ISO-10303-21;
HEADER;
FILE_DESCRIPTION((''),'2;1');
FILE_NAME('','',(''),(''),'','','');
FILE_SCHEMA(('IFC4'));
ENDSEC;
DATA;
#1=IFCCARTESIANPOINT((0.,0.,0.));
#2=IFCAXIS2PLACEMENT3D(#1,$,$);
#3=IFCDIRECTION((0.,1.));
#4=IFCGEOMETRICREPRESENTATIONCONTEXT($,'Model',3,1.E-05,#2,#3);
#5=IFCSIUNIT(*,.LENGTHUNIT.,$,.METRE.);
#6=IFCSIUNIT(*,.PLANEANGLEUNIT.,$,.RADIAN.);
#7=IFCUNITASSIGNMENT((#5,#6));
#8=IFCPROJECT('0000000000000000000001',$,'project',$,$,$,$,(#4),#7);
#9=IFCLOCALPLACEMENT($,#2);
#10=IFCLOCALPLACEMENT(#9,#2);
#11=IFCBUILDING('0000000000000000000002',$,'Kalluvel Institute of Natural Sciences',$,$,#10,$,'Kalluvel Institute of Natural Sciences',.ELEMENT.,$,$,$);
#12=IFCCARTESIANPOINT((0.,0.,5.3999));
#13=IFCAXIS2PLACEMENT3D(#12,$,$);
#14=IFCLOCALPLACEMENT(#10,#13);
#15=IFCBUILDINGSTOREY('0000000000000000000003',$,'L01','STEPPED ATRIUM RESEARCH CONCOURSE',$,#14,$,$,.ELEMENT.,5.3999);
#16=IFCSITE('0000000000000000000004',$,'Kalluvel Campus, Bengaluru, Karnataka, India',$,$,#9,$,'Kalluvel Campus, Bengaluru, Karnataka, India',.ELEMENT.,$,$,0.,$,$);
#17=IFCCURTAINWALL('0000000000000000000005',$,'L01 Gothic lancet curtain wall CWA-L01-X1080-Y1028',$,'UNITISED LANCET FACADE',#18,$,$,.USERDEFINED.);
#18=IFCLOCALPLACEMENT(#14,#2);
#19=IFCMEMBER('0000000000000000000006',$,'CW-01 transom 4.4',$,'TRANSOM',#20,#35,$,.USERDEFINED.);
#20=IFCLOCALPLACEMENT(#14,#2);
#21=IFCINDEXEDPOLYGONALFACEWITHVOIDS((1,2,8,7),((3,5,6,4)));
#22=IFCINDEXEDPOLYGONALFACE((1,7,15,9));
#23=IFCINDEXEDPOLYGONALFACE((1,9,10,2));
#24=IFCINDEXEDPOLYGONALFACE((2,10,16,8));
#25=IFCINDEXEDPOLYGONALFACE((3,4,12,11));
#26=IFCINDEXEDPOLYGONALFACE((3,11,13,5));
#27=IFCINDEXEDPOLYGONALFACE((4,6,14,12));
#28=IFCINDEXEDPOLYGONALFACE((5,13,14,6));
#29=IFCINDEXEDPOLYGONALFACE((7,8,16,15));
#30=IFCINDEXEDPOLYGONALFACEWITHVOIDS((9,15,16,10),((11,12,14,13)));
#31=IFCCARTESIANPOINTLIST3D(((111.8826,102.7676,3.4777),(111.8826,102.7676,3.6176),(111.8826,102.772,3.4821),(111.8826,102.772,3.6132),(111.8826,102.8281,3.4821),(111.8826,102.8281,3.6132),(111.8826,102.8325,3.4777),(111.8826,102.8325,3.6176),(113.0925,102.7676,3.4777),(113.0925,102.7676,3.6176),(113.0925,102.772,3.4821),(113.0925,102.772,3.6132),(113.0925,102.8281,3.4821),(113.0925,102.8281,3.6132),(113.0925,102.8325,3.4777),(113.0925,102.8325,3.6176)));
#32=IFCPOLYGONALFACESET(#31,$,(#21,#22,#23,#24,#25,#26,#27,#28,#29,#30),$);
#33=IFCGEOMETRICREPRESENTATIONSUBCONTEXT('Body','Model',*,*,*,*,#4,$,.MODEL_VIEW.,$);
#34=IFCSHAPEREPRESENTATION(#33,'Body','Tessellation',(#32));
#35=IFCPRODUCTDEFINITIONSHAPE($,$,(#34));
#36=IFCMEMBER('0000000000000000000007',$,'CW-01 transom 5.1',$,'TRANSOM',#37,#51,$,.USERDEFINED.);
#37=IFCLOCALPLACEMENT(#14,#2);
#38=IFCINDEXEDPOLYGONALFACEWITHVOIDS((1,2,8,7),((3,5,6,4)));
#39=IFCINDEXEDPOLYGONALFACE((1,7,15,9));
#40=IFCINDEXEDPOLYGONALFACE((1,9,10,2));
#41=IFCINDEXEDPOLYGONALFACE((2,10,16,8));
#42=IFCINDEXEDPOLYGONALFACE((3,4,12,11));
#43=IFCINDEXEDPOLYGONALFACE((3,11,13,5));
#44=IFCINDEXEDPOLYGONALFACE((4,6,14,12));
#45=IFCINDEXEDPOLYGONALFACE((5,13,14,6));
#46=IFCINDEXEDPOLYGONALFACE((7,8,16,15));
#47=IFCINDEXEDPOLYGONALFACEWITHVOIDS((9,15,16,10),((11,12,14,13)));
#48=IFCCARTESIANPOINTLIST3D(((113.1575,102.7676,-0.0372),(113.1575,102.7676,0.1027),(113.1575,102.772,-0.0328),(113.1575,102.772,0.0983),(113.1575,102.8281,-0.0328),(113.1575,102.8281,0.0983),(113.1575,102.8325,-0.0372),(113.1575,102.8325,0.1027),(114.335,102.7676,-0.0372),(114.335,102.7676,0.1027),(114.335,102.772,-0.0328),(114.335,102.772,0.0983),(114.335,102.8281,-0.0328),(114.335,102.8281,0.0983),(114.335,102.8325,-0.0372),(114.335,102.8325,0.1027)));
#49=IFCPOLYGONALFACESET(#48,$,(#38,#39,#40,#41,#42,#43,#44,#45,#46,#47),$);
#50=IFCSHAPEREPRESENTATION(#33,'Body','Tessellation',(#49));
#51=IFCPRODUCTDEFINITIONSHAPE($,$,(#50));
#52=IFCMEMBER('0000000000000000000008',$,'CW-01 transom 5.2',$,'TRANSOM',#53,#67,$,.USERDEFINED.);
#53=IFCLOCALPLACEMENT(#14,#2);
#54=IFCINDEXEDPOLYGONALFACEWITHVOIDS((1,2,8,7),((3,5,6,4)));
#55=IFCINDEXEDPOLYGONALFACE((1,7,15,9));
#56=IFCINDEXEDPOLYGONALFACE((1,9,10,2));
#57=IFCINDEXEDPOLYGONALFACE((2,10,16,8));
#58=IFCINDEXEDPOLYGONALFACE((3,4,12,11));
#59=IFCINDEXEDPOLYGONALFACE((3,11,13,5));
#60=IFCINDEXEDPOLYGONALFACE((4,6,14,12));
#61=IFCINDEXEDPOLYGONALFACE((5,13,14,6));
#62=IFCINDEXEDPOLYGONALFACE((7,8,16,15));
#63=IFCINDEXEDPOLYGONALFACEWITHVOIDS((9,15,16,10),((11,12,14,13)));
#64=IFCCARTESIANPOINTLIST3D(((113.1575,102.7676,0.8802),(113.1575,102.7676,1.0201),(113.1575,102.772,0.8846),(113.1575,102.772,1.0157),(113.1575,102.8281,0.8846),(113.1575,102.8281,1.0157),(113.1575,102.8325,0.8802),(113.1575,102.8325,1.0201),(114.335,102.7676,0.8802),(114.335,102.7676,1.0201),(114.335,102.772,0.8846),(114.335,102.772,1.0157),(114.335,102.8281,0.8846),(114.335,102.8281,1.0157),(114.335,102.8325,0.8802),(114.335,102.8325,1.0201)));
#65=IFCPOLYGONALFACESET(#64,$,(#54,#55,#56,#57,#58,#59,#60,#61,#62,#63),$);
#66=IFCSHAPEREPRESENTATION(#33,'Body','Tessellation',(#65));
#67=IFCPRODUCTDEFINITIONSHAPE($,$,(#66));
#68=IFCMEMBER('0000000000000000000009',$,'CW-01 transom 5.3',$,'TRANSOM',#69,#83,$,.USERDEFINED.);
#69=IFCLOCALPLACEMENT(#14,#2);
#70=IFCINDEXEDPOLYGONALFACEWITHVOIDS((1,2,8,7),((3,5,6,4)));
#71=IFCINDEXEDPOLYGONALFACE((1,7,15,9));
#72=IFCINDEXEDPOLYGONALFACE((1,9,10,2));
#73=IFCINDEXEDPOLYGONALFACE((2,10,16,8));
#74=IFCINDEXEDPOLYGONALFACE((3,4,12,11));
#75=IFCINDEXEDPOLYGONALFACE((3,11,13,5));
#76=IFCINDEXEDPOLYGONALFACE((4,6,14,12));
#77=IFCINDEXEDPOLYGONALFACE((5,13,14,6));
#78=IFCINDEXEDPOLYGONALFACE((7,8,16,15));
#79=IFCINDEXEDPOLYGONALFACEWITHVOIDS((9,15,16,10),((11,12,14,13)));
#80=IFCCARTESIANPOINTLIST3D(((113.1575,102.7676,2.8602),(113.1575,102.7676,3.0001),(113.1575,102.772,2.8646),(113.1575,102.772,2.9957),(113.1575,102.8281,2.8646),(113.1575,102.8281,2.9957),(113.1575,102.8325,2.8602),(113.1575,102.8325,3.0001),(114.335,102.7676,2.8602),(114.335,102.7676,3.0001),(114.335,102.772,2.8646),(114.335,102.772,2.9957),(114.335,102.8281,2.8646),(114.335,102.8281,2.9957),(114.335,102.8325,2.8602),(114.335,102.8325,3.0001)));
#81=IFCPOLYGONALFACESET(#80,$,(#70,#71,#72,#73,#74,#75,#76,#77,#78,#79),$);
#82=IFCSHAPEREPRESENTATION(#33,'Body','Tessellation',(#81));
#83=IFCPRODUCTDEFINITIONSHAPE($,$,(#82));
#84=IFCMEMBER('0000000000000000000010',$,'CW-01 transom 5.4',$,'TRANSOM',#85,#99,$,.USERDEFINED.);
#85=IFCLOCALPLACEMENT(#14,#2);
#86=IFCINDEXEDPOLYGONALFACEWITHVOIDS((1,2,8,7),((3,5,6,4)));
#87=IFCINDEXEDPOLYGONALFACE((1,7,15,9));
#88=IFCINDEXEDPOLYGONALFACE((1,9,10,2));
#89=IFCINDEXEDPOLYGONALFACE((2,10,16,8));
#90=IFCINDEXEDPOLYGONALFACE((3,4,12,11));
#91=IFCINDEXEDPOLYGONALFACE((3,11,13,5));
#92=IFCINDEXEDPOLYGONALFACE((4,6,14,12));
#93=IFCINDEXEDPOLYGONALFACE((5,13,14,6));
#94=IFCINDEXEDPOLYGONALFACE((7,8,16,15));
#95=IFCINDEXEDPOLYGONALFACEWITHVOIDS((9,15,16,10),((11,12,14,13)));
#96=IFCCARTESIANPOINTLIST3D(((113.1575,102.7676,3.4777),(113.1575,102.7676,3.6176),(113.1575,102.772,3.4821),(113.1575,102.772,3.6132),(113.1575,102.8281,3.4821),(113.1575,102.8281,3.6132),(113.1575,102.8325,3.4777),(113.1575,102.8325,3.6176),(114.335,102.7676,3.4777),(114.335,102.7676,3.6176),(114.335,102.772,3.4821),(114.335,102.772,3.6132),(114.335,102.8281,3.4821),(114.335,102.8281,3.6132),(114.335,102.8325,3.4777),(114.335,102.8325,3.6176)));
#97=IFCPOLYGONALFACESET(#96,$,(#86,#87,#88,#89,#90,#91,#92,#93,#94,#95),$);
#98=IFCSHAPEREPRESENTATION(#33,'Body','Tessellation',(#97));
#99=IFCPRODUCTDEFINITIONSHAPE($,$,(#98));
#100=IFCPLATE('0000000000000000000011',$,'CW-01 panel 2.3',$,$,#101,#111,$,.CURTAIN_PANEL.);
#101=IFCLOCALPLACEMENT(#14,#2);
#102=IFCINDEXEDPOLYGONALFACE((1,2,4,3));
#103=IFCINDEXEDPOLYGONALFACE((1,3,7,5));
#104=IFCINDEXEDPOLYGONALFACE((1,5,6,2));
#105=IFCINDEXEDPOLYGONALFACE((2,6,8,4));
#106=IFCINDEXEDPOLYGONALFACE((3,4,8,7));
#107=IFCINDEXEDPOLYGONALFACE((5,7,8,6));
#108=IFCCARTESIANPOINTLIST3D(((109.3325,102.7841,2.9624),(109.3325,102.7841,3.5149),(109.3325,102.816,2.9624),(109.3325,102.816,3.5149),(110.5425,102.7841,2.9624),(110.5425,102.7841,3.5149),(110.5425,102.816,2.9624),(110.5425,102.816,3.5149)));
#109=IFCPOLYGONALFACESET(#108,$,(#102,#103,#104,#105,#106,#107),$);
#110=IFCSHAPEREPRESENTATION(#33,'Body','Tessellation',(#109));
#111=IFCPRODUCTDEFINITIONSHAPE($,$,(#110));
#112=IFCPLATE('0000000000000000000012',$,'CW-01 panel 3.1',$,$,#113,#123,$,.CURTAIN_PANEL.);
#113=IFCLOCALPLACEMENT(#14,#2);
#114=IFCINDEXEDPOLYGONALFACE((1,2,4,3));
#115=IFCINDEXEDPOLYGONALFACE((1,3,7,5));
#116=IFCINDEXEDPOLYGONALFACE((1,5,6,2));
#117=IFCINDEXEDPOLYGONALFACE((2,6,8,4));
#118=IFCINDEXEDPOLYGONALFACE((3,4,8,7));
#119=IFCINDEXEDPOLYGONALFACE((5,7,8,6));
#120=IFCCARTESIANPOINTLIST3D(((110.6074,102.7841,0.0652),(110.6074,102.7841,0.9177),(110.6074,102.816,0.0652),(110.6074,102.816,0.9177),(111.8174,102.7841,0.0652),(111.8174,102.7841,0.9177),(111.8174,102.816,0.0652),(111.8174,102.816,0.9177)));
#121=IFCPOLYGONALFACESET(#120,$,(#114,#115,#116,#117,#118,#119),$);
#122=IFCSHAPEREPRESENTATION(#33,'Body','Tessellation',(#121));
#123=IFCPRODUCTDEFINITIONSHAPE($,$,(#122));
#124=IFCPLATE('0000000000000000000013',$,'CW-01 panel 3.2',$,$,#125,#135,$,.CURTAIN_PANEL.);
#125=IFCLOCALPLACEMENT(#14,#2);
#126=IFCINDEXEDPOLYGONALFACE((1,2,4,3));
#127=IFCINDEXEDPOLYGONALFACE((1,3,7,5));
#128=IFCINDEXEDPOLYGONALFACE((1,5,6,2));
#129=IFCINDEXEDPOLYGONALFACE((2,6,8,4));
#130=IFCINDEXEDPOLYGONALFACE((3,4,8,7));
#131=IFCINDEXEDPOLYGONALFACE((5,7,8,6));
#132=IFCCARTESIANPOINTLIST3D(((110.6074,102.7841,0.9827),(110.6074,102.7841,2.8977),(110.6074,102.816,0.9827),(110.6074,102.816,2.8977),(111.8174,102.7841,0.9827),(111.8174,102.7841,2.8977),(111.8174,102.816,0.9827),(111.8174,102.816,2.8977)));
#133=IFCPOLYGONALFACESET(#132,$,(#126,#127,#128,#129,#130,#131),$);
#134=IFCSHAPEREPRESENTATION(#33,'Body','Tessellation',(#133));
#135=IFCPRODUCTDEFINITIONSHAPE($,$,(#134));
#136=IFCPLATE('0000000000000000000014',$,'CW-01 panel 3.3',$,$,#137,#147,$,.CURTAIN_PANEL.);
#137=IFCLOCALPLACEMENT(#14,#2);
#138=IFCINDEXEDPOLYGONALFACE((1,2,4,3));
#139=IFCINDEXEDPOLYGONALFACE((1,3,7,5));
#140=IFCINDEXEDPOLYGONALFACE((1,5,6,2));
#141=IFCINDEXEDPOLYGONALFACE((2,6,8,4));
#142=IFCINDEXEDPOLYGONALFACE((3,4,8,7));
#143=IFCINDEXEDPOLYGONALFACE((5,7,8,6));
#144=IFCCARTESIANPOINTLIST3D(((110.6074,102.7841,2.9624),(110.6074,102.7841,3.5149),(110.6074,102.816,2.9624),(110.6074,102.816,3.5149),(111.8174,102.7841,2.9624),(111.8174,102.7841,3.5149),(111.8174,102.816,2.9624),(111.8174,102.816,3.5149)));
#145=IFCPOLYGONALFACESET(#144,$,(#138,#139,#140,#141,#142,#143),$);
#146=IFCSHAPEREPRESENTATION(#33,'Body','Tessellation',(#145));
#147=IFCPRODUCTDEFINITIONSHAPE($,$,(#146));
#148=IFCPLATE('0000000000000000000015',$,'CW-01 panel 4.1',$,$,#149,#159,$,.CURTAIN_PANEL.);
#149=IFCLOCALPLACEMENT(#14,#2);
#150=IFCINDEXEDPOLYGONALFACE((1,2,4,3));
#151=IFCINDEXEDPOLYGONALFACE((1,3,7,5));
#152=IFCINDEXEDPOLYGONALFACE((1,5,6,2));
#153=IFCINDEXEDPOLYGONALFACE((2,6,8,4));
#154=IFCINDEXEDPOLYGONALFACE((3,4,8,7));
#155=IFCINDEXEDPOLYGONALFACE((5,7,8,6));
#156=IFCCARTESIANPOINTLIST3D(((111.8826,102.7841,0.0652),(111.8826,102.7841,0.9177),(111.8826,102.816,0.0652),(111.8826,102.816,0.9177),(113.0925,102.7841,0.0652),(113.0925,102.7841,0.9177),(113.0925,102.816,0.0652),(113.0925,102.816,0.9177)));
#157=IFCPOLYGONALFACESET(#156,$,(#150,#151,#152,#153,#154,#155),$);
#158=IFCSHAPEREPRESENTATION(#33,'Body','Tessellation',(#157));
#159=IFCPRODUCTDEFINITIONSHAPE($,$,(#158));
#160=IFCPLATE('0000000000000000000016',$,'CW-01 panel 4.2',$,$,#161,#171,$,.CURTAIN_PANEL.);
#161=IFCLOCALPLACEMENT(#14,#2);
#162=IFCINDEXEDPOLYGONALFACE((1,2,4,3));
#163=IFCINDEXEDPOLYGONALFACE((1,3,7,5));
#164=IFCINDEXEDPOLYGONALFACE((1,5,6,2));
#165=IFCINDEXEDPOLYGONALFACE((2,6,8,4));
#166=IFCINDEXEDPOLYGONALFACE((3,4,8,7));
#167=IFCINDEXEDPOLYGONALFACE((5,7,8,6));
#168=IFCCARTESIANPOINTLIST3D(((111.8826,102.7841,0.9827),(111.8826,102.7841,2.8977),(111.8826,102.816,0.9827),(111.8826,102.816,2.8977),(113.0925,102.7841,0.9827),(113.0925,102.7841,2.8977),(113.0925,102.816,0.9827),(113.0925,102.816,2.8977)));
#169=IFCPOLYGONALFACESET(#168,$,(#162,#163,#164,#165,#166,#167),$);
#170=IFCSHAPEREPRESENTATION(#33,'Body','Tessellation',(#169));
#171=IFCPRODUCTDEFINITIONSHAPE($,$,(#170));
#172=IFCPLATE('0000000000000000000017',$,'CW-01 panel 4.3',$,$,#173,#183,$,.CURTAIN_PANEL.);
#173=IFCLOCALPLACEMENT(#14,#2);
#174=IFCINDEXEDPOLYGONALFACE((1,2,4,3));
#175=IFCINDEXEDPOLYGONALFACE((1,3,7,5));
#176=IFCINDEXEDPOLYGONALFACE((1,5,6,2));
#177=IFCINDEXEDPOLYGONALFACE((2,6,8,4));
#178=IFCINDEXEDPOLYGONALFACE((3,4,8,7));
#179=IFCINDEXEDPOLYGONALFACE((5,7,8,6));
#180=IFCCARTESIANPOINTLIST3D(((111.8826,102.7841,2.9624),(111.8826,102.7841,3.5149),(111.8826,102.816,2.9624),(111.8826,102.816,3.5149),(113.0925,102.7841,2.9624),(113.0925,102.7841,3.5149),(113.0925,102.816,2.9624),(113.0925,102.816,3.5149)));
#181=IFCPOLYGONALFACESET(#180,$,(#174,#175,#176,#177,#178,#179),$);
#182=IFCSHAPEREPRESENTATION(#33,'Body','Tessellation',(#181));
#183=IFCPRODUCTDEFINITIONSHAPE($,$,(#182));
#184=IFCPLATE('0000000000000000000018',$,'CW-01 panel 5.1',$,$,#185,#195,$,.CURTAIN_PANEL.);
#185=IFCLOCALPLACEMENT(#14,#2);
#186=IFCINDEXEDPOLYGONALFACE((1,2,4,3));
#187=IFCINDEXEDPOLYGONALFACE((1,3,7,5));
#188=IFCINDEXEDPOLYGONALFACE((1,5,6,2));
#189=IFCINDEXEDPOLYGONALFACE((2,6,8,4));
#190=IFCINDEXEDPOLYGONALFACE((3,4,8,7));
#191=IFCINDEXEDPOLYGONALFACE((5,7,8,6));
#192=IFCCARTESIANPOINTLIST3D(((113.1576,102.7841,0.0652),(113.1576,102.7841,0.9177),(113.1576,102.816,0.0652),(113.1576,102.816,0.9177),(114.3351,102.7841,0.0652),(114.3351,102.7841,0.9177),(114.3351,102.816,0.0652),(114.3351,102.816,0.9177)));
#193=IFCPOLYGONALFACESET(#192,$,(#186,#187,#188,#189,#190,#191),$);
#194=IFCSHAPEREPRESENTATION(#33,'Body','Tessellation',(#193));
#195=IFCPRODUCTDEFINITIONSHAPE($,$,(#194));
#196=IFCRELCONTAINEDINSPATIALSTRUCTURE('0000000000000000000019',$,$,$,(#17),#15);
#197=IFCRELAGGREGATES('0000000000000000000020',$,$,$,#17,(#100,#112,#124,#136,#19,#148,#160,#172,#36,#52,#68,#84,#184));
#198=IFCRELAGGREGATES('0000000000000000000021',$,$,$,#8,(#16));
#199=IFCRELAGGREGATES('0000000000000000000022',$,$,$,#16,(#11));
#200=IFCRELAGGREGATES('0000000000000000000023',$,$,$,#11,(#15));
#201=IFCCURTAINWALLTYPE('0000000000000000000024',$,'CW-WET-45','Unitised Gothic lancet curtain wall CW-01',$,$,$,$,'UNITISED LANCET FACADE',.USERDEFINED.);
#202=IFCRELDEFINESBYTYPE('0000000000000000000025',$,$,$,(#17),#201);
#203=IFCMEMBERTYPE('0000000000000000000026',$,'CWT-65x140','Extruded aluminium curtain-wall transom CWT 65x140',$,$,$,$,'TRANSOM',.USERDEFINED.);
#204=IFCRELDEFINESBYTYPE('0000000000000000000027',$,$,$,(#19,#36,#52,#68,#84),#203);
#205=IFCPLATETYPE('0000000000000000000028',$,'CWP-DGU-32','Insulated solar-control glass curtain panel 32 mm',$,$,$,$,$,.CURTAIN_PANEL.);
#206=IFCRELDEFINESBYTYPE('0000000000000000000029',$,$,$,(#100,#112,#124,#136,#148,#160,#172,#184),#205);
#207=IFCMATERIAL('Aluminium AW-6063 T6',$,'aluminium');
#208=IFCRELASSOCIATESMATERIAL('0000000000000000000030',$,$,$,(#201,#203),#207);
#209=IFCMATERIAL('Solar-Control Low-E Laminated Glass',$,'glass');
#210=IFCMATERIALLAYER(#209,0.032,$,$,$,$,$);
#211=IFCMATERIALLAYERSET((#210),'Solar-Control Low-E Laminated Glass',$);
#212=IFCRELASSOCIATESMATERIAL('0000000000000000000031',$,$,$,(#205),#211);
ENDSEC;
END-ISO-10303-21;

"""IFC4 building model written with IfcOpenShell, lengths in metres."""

from ifc_helpers import new_model, si_unit, direction, frame, origin, origin_2d, place, context, subcontext, project, spatial, rectangle, hollow_rectangle, extrude, material, layer, layer_set, material_profile, profile_set, type_object, element, aggregate, save


model = new_model("IFC4")

# Units and contexts
model_context = context("Model", 3, precision=1e-05, world=origin(), true_north=direction((0.0, 1.0)))
body_context = subcontext(model_context, "Body", "Model", "MODEL_VIEW")
ifc_project = project(units=[si_unit("LENGTHUNIT", "METRE"), si_unit("PLANEANGLEUNIT", "RADIAN")], contexts=[model_context])

# Site, building, storey
site_placement = place(None, origin())
site = spatial("IfcSite", under=ifc_project, at=site_placement, Name="Kalluvel Campus, Bengaluru, Karnataka, India", LongName="Kalluvel Campus, Bengaluru, Karnataka, India", CompositionType="ELEMENT", RefElevation=0.0)
building_placement = place(site_placement, origin())
building = spatial("IfcBuilding", under=site, at=building_placement, Name="Kalluvel Institute of Natural Sciences", LongName="Kalluvel Institute of Natural Sciences", CompositionType="ELEMENT")
storey_placement = place(building_placement, frame((0.0, 0.0, 5.3999)))
storey = spatial("IfcBuildingStorey", under=building, at=storey_placement, Name="L01", Description="STEPPED ATRIUM RESEARCH CONCOURSE", CompositionType="ELEMENT", Elevation=5.3999)

# Curtain wall, members, plates
ifc_material_1 = material(Name="Aluminium AW-6063 T6", Category="aluminium")
curtain_wall_type = type_object("IfcCurtainWallType", Name="CW-WET-45", Description="Unitised Gothic lancet curtain wall CW-01", ElementType="UNITISED LANCET FACADE", PredefinedType="USERDEFINED", material=ifc_material_1)
curtain_wall_placement = place(storey_placement, origin())
curtain_wall = element("IfcCurtainWall", 1, at=curtain_wall_placement, inside=storey, type_object=curtain_wall_type, Name="L01 Gothic lancet curtain wall CWA-L01-X1080-Y1028", ObjectType="UNITISED LANCET FACADE", PredefinedType="USERDEFINED")
ifc_material_profile_1 = material_profile(ifc_material_1, hollow_rectangle(XDim=0.0649, YDim=0.1399, WallThickness=0.0044, at=origin_2d()), Name="CWT 65x140")
ifc_profile_set_1 = profile_set([ifc_material_profile_1], Name="Aluminium AW-6063 T6")
member_type_1 = type_object("IfcMemberType", Name="CWT-65x140", Description="Extruded aluminium curtain-wall transom CWT 65x140", ElementType="TRANSOM", PredefinedType="USERDEFINED", material=ifc_profile_set_1)
member_1_placement = place(storey_placement, frame((111.8826, 102.8, 3.5476), z_axis=(1.0, 0.0, 0.0), x_axis=(0.0, 1.0, 0.0)))
member_1 = element("IfcMember", 2, at=member_1_placement, type_object=member_type_1, Name="CW-01 transom 4.4", ObjectType="TRANSOM", PredefinedType="USERDEFINED", context=body_context, shape_type="SweptSolid", body=[
    extrude(hollow_rectangle(XDim=0.0649, YDim=0.1399, WallThickness=0.0044, at=origin_2d()), origin(), (0.0, 0.0, 1.0), 1.21),
])
member_2_placement = place(storey_placement, frame((113.1575, 102.8, 0.0327), z_axis=(1.0, 0.0, 0.0), x_axis=(0.0, 1.0, 0.0)))
member_2 = element("IfcMember", 3, at=member_2_placement, type_object=member_type_1, Name="CW-01 transom 5.1", ObjectType="TRANSOM", PredefinedType="USERDEFINED", context=body_context, shape_type="SweptSolid", body=[
    extrude(hollow_rectangle(XDim=0.0649, YDim=0.1399, WallThickness=0.0044, at=origin_2d()), origin(), (0.0, 0.0, 1.0), 1.1775),
])
member_3_placement = place(storey_placement, frame((113.1575, 102.8, 0.9502), z_axis=(1.0, 0.0, 0.0), x_axis=(0.0, 1.0, 0.0)))
member_3 = element("IfcMember", 4, at=member_3_placement, type_object=member_type_1, Name="CW-01 transom 5.2", ObjectType="TRANSOM", PredefinedType="USERDEFINED", context=body_context, shape_type="SweptSolid", body=[
    extrude(hollow_rectangle(XDim=0.0649, YDim=0.1399, WallThickness=0.0044, at=origin_2d()), origin(), (0.0, 0.0, 1.0), 1.1775),
])
member_4_placement = place(storey_placement, frame((113.1575, 102.8, 2.9302), z_axis=(1.0, 0.0, 0.0), x_axis=(0.0, 1.0, 0.0)))
member_4 = element("IfcMember", 5, at=member_4_placement, type_object=member_type_1, Name="CW-01 transom 5.3", ObjectType="TRANSOM", PredefinedType="USERDEFINED", context=body_context, shape_type="SweptSolid", body=[
    extrude(hollow_rectangle(XDim=0.0649, YDim=0.1399, WallThickness=0.0044, at=origin_2d()), origin(), (0.0, 0.0, 1.0), 1.1775),
])
member_5_placement = place(storey_placement, frame((113.1575, 102.8, 3.5476), z_axis=(1.0, 0.0, 0.0), x_axis=(0.0, 1.0, 0.0)))
member_5 = element("IfcMember", 6, at=member_5_placement, type_object=member_type_1, Name="CW-01 transom 5.4", ObjectType="TRANSOM", PredefinedType="USERDEFINED", context=body_context, shape_type="SweptSolid", body=[
    extrude(hollow_rectangle(XDim=0.0649, YDim=0.1399, WallThickness=0.0044, at=origin_2d()), origin(), (0.0, 0.0, 1.0), 1.1775),
])
ifc_material_2 = material(Name="Solar-Control Low-E Laminated Glass", Category="glass")
ifc_layer = layer(ifc_material_2, 0.032)
ifc_layer_set = layer_set([ifc_layer], Name="Solar-Control Low-E Laminated Glass")
plate_type = type_object("IfcPlateType", Name="CWP-DGU-32", Description="Insulated solar-control glass curtain panel 32 mm", PredefinedType="CURTAIN_PANEL", material=ifc_layer_set)
plate_1_placement = place(storey_placement, frame((109.9375, 102.8, 2.9624), z_axis=(0.0, 0.0, 1.0), x_axis=(1.0, 0.0, 0.0)))
plate_1 = element("IfcPlate", 7, at=plate_1_placement, type_object=plate_type, Name="CW-01 panel 2.3", PredefinedType="CURTAIN_PANEL", context=body_context, shape_type="SweptSolid", body=[
    extrude(rectangle(XDim=1.21, YDim=0.032, at=origin_2d()), origin(), (0.0, 0.0, 1.0), 0.5525),
])
plate_2_placement = place(storey_placement, frame((111.2124, 102.8, 0.0652), z_axis=(0.0, 0.0, 1.0), x_axis=(1.0, 0.0, 0.0)))
plate_2 = element("IfcPlate", 8, at=plate_2_placement, type_object=plate_type, Name="CW-01 panel 3.1", PredefinedType="CURTAIN_PANEL", context=body_context, shape_type="SweptSolid", body=[
    extrude(rectangle(XDim=1.21, YDim=0.032, at=origin_2d()), origin(), (0.0, 0.0, 1.0), 0.8525),
])
plate_3_placement = place(storey_placement, frame((111.2124, 102.8, 0.9827), z_axis=(0.0, 0.0, 1.0), x_axis=(1.0, 0.0, 0.0)))
plate_3 = element("IfcPlate", 9, at=plate_3_placement, type_object=plate_type, Name="CW-01 panel 3.2", PredefinedType="CURTAIN_PANEL", context=body_context, shape_type="SweptSolid", body=[
    extrude(rectangle(XDim=1.21, YDim=0.032, at=origin_2d()), origin(), (0.0, 0.0, 1.0), 1.915),
])
plate_4_placement = place(storey_placement, frame((111.2124, 102.8, 2.9624), z_axis=(0.0, 0.0, 1.0), x_axis=(1.0, 0.0, 0.0)))
plate_4 = element("IfcPlate", 10, at=plate_4_placement, type_object=plate_type, Name="CW-01 panel 3.3", PredefinedType="CURTAIN_PANEL", context=body_context, shape_type="SweptSolid", body=[
    extrude(rectangle(XDim=1.21, YDim=0.032, at=origin_2d()), origin(), (0.0, 0.0, 1.0), 0.5525),
])
plate_5_placement = place(storey_placement, frame((112.4875, 102.8, 0.0652), z_axis=(0.0, 0.0, 1.0), x_axis=(1.0, 0.0, 0.0)))
plate_5 = element("IfcPlate", 11, at=plate_5_placement, type_object=plate_type, Name="CW-01 panel 4.1", PredefinedType="CURTAIN_PANEL", context=body_context, shape_type="SweptSolid", body=[
    extrude(rectangle(XDim=1.21, YDim=0.032, at=origin_2d()), origin(), (0.0, 0.0, 1.0), 0.8525),
])
plate_6_placement = place(storey_placement, frame((112.4875, 102.8, 0.9827), z_axis=(0.0, 0.0, 1.0), x_axis=(1.0, 0.0, 0.0)))
plate_6 = element("IfcPlate", 12, at=plate_6_placement, type_object=plate_type, Name="CW-01 panel 4.2", PredefinedType="CURTAIN_PANEL", context=body_context, shape_type="SweptSolid", body=[
    extrude(rectangle(XDim=1.21, YDim=0.032, at=origin_2d()), origin(), (0.0, 0.0, 1.0), 1.915),
])
plate_7_placement = place(storey_placement, frame((112.4875, 102.8, 2.9624), z_axis=(0.0, 0.0, 1.0), x_axis=(1.0, 0.0, 0.0)))
plate_7 = element("IfcPlate", 13, at=plate_7_placement, type_object=plate_type, Name="CW-01 panel 4.3", PredefinedType="CURTAIN_PANEL", context=body_context, shape_type="SweptSolid", body=[
    extrude(rectangle(XDim=1.21, YDim=0.032, at=origin_2d()), origin(), (0.0, 0.0, 1.0), 0.5525),
])
plate_8_placement = place(storey_placement, frame((113.7463, 102.8, 0.0652), z_axis=(0.0, 0.0, 1.0), x_axis=(1.0, 0.0, 0.0)))
plate_8 = element("IfcPlate", 14, at=plate_8_placement, type_object=plate_type, Name="CW-01 panel 5.1", PredefinedType="CURTAIN_PANEL", context=body_context, shape_type="SweptSolid", body=[
    extrude(rectangle(XDim=1.1775, YDim=0.032, at=origin_2d()), origin(), (0.0, 0.0, 1.0), 0.8525),
])
aggregate(curtain_wall, [plate_1, plate_2, plate_3, plate_4, member_1, plate_5, plate_6, plate_7, member_2, member_3, member_4, member_5, plate_8])

save(model, "model.ifc")
